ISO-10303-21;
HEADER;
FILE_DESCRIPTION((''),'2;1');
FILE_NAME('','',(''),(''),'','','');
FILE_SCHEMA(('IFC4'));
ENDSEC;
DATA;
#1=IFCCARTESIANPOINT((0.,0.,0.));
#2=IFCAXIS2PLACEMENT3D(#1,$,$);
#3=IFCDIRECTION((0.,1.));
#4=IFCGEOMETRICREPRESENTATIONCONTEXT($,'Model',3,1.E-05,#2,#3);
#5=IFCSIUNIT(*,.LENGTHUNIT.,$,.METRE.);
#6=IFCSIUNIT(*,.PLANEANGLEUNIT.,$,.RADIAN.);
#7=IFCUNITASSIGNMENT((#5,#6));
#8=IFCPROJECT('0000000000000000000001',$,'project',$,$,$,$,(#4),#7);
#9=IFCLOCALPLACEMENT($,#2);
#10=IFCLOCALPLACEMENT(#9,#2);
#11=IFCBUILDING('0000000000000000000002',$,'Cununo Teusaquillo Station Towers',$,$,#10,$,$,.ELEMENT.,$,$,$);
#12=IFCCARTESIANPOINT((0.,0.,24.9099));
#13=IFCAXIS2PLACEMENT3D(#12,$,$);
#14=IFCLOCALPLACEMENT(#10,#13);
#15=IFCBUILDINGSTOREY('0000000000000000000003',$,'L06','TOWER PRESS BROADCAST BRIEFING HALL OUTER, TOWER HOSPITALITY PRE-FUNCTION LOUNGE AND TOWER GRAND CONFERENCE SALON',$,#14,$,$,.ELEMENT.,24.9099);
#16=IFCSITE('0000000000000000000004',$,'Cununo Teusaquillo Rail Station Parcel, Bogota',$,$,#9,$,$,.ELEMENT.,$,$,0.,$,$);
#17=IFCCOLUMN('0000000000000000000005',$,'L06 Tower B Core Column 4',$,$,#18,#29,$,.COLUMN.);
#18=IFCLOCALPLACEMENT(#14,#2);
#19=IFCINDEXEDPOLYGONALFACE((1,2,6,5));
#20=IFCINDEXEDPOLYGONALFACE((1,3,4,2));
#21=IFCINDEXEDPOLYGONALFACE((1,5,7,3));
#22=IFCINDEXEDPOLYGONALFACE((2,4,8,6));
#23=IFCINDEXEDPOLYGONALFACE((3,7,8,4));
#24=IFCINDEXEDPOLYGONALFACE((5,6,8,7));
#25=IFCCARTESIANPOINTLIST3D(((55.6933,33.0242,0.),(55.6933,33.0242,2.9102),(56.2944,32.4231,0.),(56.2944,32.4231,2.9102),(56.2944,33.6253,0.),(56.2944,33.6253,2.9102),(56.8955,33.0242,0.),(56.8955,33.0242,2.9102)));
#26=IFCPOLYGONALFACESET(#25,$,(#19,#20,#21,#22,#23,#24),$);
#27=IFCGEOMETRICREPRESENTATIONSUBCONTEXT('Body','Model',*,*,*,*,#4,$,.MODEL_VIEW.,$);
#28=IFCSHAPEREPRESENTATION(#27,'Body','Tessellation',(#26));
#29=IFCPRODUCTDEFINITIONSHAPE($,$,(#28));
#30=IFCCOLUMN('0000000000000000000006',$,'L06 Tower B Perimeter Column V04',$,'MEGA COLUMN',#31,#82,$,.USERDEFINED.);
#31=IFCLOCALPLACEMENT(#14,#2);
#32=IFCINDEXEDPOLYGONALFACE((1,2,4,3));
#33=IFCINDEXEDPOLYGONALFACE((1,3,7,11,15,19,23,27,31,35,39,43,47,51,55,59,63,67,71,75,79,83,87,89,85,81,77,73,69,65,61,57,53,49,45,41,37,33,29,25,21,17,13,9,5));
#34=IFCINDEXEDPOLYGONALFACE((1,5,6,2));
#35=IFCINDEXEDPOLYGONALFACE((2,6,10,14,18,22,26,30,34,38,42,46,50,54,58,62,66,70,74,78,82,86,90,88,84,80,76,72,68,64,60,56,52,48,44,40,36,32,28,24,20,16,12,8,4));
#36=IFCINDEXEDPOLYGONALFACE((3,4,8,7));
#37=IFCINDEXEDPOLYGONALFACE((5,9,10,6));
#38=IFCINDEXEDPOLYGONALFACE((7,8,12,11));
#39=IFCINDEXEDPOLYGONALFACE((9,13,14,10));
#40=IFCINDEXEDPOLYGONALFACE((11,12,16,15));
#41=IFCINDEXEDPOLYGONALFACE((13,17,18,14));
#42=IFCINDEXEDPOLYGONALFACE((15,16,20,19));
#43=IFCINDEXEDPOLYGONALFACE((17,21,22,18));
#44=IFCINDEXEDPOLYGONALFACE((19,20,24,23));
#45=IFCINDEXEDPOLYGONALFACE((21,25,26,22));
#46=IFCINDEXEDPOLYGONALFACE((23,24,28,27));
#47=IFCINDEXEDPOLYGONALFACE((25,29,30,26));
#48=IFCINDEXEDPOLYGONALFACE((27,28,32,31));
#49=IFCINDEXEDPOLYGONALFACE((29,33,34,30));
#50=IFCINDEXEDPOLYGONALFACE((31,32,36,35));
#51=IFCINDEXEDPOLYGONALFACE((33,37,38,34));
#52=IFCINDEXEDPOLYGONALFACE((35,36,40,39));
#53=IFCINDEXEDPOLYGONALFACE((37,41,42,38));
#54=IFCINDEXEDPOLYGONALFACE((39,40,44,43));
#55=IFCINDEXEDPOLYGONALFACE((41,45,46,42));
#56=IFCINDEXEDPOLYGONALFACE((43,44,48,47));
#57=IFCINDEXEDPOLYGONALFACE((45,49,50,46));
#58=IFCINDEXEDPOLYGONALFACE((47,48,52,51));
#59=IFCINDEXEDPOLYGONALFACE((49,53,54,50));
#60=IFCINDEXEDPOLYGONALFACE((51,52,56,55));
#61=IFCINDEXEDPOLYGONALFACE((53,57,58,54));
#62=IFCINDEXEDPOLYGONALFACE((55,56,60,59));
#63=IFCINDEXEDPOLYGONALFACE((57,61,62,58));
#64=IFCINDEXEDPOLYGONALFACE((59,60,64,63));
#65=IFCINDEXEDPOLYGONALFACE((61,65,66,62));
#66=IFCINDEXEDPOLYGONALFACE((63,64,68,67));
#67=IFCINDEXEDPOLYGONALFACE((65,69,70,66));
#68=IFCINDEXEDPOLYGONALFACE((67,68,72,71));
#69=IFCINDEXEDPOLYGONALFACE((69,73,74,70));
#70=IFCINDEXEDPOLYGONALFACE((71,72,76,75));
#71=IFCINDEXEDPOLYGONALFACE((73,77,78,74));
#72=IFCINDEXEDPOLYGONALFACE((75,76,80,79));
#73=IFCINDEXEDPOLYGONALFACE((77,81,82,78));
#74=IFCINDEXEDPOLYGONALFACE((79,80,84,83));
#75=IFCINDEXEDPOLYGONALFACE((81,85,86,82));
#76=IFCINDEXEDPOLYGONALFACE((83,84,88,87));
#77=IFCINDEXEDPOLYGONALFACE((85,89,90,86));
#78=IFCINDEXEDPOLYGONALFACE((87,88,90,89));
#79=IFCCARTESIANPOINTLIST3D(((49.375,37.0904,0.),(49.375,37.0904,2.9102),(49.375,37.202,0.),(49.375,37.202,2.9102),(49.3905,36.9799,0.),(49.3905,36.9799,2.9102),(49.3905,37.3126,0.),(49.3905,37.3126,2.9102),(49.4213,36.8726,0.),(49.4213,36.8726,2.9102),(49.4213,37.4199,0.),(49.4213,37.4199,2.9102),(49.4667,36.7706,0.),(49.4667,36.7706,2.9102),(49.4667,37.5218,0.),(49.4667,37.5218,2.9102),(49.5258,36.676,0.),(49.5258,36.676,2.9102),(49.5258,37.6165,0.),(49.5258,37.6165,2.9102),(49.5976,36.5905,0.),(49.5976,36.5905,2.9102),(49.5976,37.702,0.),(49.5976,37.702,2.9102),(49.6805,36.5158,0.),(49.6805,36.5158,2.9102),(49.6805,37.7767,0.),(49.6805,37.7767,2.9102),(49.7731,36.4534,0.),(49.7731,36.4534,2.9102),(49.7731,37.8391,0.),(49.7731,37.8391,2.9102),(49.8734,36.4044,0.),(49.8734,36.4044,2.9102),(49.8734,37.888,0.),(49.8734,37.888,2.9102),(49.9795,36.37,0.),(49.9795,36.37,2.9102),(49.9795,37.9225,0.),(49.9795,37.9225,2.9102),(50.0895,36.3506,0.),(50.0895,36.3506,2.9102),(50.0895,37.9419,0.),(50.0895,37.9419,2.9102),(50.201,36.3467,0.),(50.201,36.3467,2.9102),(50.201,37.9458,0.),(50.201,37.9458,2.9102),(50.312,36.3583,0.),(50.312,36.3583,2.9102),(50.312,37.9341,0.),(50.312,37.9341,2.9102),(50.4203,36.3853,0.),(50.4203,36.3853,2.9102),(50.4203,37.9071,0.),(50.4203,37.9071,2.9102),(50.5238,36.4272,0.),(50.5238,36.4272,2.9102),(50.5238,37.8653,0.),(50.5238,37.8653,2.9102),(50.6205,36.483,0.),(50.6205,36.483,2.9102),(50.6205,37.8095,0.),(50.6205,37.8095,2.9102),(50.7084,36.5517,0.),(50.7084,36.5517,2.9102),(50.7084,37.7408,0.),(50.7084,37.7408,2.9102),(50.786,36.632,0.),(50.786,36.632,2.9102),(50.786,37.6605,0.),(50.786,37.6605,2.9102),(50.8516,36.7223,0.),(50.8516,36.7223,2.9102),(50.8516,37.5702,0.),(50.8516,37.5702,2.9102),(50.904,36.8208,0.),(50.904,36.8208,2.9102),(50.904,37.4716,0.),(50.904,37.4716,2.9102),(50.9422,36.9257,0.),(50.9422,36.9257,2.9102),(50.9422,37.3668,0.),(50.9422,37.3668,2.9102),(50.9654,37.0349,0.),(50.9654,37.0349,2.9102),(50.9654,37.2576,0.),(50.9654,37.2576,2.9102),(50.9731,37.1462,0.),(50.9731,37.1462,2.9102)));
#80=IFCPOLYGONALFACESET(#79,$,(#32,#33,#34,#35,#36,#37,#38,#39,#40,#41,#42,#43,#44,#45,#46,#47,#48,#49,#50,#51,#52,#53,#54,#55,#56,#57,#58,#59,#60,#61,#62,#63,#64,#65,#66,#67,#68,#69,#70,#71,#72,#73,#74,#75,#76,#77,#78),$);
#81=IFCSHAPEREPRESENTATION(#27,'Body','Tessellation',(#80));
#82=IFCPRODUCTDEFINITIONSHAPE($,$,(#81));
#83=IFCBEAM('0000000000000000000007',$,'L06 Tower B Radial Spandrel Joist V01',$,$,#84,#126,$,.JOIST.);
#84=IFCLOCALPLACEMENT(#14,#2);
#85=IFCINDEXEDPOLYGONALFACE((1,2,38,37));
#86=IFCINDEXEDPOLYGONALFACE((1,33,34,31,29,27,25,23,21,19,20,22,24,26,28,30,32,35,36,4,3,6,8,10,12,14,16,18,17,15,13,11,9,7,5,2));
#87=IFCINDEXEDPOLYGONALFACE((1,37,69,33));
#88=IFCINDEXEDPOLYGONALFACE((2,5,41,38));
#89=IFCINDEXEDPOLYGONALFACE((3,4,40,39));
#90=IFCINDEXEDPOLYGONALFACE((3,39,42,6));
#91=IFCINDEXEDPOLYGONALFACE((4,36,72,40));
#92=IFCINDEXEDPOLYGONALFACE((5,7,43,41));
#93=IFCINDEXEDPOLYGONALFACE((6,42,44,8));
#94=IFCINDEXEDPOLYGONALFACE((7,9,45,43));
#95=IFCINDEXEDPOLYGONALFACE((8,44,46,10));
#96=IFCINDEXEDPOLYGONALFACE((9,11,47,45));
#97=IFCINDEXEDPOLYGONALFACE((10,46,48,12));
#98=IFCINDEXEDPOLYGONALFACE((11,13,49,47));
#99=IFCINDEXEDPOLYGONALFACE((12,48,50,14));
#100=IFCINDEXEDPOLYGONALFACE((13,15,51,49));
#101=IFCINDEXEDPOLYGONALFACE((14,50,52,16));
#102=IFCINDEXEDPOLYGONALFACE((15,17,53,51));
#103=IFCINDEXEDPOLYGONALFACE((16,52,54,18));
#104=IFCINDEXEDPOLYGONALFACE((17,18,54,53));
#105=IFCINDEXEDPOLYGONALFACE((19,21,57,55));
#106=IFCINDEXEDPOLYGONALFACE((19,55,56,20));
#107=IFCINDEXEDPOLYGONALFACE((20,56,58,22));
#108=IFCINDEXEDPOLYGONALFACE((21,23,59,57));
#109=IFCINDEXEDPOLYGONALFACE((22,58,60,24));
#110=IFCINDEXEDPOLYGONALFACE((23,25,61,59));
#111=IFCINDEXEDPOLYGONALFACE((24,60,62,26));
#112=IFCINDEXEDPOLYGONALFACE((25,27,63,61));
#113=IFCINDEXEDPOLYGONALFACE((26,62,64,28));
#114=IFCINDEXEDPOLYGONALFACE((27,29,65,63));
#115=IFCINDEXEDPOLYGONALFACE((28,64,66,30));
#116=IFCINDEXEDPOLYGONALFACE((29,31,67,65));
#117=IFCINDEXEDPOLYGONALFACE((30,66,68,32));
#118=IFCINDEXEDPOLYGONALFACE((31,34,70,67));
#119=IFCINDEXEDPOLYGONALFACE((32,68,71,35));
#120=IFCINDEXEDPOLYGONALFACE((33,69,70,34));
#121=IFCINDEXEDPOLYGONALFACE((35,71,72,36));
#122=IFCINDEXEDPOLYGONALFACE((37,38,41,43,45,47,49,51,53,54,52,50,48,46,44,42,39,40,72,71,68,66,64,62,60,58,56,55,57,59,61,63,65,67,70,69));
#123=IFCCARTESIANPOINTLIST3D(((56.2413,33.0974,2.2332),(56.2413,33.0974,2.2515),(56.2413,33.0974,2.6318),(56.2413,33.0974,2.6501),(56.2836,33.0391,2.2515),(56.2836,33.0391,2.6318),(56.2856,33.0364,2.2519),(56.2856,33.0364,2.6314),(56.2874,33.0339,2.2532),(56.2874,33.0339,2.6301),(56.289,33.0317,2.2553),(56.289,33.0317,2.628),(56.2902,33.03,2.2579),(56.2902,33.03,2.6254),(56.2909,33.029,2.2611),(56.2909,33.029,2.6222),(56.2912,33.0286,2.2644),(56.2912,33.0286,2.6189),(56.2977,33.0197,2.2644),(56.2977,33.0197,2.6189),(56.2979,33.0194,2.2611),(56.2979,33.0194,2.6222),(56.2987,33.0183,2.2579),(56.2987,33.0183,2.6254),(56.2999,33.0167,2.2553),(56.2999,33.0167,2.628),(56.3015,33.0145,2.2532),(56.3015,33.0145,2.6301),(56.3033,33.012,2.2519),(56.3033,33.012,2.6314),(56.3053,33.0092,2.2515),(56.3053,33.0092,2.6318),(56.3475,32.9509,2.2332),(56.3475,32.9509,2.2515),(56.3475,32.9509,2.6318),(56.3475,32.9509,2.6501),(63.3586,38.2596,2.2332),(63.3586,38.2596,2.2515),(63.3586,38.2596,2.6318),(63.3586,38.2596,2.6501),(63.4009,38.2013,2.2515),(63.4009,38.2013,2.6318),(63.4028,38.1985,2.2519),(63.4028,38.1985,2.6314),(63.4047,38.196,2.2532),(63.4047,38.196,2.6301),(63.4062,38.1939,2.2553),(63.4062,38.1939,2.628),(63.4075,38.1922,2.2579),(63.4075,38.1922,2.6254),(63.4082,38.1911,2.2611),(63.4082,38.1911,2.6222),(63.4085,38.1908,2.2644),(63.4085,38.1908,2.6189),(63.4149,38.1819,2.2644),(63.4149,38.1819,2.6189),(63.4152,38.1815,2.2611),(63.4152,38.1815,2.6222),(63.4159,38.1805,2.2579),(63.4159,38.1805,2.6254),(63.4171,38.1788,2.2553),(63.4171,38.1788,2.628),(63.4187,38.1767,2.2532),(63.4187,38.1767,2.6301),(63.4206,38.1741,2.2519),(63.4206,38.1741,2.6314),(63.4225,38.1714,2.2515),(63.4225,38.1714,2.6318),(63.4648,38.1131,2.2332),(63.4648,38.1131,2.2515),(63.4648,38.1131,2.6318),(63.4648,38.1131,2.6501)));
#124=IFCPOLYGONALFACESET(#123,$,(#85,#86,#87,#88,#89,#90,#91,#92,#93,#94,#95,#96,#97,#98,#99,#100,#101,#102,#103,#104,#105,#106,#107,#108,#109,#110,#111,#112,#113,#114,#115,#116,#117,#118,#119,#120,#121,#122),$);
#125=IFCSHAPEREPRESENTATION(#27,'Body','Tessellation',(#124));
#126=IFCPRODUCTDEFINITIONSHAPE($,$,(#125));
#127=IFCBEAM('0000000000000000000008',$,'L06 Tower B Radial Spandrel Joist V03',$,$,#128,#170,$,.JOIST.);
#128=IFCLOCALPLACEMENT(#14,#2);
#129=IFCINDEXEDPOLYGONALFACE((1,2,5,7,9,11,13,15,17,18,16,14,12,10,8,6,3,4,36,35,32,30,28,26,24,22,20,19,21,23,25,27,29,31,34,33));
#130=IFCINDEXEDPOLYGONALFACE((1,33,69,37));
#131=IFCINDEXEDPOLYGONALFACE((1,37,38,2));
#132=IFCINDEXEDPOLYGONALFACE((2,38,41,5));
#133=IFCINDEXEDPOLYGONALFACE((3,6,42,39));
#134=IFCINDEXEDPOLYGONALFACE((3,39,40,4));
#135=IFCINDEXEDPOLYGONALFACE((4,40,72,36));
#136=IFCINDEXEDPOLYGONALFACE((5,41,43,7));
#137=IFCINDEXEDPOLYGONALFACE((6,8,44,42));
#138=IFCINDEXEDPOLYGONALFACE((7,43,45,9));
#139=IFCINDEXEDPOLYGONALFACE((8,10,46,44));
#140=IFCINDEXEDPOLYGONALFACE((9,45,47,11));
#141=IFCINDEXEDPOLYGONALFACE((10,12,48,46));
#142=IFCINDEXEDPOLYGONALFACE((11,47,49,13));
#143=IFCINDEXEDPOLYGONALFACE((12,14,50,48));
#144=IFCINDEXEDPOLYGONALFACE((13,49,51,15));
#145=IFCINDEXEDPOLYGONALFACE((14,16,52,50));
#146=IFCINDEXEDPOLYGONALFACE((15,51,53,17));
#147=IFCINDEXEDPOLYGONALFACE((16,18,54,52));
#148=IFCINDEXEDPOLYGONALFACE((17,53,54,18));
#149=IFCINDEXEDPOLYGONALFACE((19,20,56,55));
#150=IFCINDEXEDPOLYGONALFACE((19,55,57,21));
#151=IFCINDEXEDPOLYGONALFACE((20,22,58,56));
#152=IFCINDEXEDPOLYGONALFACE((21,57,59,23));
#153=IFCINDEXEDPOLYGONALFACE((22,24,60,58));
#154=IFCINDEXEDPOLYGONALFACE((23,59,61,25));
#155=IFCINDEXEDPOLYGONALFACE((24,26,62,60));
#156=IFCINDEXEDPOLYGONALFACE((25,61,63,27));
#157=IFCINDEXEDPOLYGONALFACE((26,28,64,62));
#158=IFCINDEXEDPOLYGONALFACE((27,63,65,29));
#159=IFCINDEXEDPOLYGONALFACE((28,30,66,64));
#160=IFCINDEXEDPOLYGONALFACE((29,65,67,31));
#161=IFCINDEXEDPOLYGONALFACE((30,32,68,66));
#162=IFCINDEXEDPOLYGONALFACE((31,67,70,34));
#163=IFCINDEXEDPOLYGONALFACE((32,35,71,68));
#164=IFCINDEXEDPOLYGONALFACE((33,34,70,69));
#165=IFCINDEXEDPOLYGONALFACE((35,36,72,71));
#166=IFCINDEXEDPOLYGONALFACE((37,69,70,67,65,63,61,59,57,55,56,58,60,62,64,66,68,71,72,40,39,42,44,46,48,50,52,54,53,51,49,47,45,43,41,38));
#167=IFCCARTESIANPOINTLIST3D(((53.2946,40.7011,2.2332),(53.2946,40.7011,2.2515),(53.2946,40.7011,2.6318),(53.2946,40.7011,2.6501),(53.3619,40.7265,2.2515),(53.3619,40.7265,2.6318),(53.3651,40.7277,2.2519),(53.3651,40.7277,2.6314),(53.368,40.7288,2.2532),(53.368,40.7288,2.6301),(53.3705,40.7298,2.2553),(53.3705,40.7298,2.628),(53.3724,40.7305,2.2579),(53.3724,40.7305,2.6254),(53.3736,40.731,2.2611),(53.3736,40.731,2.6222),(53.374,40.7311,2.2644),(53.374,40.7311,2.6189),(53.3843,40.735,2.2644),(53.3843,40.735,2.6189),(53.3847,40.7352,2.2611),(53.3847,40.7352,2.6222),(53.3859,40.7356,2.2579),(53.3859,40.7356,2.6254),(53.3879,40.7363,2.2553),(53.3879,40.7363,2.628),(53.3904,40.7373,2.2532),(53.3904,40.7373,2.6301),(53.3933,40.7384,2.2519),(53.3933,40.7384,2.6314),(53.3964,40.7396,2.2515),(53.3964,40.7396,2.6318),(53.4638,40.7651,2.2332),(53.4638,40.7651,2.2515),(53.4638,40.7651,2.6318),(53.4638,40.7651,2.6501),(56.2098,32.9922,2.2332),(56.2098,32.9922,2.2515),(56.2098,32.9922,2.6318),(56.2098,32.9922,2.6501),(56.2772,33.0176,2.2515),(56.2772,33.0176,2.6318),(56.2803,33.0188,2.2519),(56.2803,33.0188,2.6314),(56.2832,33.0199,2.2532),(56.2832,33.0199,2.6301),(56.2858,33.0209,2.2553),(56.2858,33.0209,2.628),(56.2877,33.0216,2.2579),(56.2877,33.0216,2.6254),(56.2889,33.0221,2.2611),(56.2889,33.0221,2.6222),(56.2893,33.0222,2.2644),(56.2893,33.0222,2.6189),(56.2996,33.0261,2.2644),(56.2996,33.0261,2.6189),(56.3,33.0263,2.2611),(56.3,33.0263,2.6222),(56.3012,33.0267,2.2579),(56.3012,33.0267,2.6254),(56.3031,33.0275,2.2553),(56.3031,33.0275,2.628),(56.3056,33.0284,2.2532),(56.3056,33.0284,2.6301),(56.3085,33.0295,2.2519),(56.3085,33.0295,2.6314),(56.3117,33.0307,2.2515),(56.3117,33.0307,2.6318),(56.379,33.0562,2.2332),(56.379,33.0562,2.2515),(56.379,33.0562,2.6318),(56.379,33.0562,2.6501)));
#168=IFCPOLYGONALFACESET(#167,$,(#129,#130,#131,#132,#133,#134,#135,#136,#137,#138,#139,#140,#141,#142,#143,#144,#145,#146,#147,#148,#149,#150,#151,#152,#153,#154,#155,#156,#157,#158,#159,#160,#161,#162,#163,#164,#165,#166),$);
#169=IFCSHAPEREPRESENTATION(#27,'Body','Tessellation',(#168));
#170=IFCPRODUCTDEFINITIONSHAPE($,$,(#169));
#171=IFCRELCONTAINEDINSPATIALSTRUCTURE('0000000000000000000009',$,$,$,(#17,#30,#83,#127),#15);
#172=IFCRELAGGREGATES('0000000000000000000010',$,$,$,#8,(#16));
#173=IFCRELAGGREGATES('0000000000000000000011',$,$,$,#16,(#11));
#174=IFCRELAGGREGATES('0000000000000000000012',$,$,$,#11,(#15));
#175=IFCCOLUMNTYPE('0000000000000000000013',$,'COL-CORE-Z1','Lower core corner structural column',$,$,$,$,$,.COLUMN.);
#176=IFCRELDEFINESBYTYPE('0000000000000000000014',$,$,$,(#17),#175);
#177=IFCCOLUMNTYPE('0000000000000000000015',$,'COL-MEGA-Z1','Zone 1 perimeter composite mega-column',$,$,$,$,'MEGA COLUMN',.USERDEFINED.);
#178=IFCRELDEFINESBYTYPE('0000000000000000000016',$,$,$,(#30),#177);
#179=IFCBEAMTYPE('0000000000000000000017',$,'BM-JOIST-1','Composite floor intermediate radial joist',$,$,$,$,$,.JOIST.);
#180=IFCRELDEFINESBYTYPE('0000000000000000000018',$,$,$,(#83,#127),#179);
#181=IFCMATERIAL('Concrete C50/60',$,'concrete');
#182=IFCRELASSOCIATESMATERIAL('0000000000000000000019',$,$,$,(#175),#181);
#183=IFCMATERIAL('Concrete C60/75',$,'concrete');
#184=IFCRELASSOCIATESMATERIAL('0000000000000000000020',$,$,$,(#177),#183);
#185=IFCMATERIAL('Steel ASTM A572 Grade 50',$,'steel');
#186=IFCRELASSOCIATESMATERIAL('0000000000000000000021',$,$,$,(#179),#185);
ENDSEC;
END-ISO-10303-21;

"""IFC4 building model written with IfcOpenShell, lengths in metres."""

from ifc_helpers import new_model, si_unit, direction, frame, origin, origin_2d, place, context, subcontext, project, spatial, rectangle, circle, i_section, extrude, material, material_profile, profile_set, type_object, element, save


model = new_model("IFC4")

# Units and contexts
model_context = context("Model", 3, precision=1e-05, world=origin(), true_north=direction((0.0, 1.0)))
body_context = subcontext(model_context, "Body", "Model", "MODEL_VIEW")
ifc_project = project(units=[si_unit("LENGTHUNIT", "METRE"), si_unit("PLANEANGLEUNIT", "RADIAN")], contexts=[model_context])

# Site, building, storey
site_placement = place(None, origin())
site = spatial("IfcSite", under=ifc_project, at=site_placement, Name="Cununo Teusaquillo Rail Station Parcel, Bogota", CompositionType="ELEMENT", RefElevation=0.0)
building_placement = place(site_placement, origin())
building = spatial("IfcBuilding", under=site, at=building_placement, Name="Cununo Teusaquillo Station Towers", CompositionType="ELEMENT")
storey_placement = place(building_placement, frame((0.0, 0.0, 24.9099)))
storey = spatial("IfcBuildingStorey", under=building, at=storey_placement, Name="L06", Description="TOWER PRESS BROADCAST BRIEFING HALL OUTER, TOWER HOSPITALITY PRE-FUNCTION LOUNGE AND TOWER GRAND CONFERENCE SALON", CompositionType="ELEMENT", Elevation=24.9099)

# Columns
ifc_material_1 = material(Name="Concrete C50/60", Category="concrete")
ifc_material_profile_1 = material_profile(ifc_material_1, rectangle(XDim=0.8501, YDim=0.8501, at=origin_2d()), Name="RC-RECT-850x850")
ifc_profile_set_1 = profile_set([ifc_material_profile_1], Name="Concrete C50/60")
column_type_1 = type_object("IfcColumnType", Name="COL-CORE-Z1", Description="Lower core corner structural column", PredefinedType="COLUMN", material=ifc_profile_set_1)
column_1_placement = place(storey_placement, frame((56.2944, 33.0242, 0.0), z_axis=(0.0, 0.0, 1.0), x_axis=(0.707107, 0.707107, 0.0)))
element("IfcColumn", 1, at=column_1_placement, inside=storey, type_object=column_type_1, Name="L06 Tower B Core Column 4", PredefinedType="COLUMN", context=body_context, shape_type="SweptSolid", body=[
    extrude(rectangle(XDim=0.8501, YDim=0.8501, at=origin_2d()), origin(), (0.0, 0.0, 1.0), 2.9102),
])
ifc_material_2 = material(Name="Concrete C60/75", Category="concrete")
ifc_material_profile_2 = material_profile(ifc_material_2, circle(Radius=0.8, at=origin_2d()), Name="RC-CIRC-1600")
ifc_profile_set_2 = profile_set([ifc_material_profile_2], Name="Concrete C60/75")
column_type_2 = type_object("IfcColumnType", Name="COL-MEGA-Z1", Description="Zone 1 perimeter composite mega-column", ElementType="MEGA COLUMN", PredefinedType="USERDEFINED", material=ifc_profile_set_2)
column_2_placement = place(storey_placement, frame((50.1731, 37.1462, 0.0), z_axis=(0.0, 0.0, 1.0), x_axis=(1.0, 0.0, 0.0)))
element("IfcColumn", 2, at=column_2_placement, inside=storey, type_object=column_type_2, Name="L06 Tower B Perimeter Column V04", ObjectType="MEGA COLUMN", PredefinedType="USERDEFINED", context=body_context, shape_type="SweptSolid", body=[
    extrude(circle(Radius=0.8, at=origin_2d()), origin(), (0.0, 0.0, 1.0), 2.9102),
])

# Beams
ifc_material_3 = material(Name="Steel ASTM A572 Grade 50", Category="steel")
ifc_material_profile_3 = material_profile(ifc_material_3, i_section(OverallWidth=0.1809, OverallDepth=0.417, WebThickness=0.011, FlangeThickness=0.0183, FilletRadius=0.0129, at=origin_2d()), Name="W16X57")
ifc_profile_set_3 = profile_set([ifc_material_profile_3], Name="Steel ASTM A572 Grade 50")
beam_type_1 = type_object("IfcBeamType", Name="BM-JOIST-1", Description="Composite floor intermediate radial joist", PredefinedType="JOIST", material=ifc_profile_set_3)
beam_1_placement = place(storey_placement, frame((56.2944, 33.0242, 2.4417), z_axis=(0.809494, 0.587128, 0.0), x_axis=(-0.587128, 0.809494, 0.0)))
element("IfcBeam", 3, at=beam_1_placement, inside=storey, type_object=beam_type_1, Name="L06 Tower B Radial Spandrel Joist V01", PredefinedType="JOIST", context=body_context, shape_type="SweptSolid", body=[
    extrude(i_section(OverallWidth=0.1809, OverallDepth=0.417, WebThickness=0.011, FlangeThickness=0.0183, FilletRadius=0.0129, at=origin_2d()), origin(), (0.0, 0.0, 1.0), 8.7922),
])
beam_2_placement = place(storey_placement, frame((56.2944, 33.0242, 2.4417), z_axis=(-0.353719, 0.935352, 0.0), x_axis=(-0.935352, -0.353719, 0.0)))
element("IfcBeam", 4, at=beam_2_placement, inside=storey, type_object=beam_type_1, Name="L06 Tower B Radial Spandrel Joist V03", PredefinedType="JOIST", context=body_context, shape_type="SweptSolid", body=[
    extrude(i_section(OverallWidth=0.1809, OverallDepth=0.417, WebThickness=0.011, FlangeThickness=0.0183, FilletRadius=0.0129, at=origin_2d()), origin(), (0.0, 0.0, 1.0), 8.2417),
])

save(model, "model.ifc")
